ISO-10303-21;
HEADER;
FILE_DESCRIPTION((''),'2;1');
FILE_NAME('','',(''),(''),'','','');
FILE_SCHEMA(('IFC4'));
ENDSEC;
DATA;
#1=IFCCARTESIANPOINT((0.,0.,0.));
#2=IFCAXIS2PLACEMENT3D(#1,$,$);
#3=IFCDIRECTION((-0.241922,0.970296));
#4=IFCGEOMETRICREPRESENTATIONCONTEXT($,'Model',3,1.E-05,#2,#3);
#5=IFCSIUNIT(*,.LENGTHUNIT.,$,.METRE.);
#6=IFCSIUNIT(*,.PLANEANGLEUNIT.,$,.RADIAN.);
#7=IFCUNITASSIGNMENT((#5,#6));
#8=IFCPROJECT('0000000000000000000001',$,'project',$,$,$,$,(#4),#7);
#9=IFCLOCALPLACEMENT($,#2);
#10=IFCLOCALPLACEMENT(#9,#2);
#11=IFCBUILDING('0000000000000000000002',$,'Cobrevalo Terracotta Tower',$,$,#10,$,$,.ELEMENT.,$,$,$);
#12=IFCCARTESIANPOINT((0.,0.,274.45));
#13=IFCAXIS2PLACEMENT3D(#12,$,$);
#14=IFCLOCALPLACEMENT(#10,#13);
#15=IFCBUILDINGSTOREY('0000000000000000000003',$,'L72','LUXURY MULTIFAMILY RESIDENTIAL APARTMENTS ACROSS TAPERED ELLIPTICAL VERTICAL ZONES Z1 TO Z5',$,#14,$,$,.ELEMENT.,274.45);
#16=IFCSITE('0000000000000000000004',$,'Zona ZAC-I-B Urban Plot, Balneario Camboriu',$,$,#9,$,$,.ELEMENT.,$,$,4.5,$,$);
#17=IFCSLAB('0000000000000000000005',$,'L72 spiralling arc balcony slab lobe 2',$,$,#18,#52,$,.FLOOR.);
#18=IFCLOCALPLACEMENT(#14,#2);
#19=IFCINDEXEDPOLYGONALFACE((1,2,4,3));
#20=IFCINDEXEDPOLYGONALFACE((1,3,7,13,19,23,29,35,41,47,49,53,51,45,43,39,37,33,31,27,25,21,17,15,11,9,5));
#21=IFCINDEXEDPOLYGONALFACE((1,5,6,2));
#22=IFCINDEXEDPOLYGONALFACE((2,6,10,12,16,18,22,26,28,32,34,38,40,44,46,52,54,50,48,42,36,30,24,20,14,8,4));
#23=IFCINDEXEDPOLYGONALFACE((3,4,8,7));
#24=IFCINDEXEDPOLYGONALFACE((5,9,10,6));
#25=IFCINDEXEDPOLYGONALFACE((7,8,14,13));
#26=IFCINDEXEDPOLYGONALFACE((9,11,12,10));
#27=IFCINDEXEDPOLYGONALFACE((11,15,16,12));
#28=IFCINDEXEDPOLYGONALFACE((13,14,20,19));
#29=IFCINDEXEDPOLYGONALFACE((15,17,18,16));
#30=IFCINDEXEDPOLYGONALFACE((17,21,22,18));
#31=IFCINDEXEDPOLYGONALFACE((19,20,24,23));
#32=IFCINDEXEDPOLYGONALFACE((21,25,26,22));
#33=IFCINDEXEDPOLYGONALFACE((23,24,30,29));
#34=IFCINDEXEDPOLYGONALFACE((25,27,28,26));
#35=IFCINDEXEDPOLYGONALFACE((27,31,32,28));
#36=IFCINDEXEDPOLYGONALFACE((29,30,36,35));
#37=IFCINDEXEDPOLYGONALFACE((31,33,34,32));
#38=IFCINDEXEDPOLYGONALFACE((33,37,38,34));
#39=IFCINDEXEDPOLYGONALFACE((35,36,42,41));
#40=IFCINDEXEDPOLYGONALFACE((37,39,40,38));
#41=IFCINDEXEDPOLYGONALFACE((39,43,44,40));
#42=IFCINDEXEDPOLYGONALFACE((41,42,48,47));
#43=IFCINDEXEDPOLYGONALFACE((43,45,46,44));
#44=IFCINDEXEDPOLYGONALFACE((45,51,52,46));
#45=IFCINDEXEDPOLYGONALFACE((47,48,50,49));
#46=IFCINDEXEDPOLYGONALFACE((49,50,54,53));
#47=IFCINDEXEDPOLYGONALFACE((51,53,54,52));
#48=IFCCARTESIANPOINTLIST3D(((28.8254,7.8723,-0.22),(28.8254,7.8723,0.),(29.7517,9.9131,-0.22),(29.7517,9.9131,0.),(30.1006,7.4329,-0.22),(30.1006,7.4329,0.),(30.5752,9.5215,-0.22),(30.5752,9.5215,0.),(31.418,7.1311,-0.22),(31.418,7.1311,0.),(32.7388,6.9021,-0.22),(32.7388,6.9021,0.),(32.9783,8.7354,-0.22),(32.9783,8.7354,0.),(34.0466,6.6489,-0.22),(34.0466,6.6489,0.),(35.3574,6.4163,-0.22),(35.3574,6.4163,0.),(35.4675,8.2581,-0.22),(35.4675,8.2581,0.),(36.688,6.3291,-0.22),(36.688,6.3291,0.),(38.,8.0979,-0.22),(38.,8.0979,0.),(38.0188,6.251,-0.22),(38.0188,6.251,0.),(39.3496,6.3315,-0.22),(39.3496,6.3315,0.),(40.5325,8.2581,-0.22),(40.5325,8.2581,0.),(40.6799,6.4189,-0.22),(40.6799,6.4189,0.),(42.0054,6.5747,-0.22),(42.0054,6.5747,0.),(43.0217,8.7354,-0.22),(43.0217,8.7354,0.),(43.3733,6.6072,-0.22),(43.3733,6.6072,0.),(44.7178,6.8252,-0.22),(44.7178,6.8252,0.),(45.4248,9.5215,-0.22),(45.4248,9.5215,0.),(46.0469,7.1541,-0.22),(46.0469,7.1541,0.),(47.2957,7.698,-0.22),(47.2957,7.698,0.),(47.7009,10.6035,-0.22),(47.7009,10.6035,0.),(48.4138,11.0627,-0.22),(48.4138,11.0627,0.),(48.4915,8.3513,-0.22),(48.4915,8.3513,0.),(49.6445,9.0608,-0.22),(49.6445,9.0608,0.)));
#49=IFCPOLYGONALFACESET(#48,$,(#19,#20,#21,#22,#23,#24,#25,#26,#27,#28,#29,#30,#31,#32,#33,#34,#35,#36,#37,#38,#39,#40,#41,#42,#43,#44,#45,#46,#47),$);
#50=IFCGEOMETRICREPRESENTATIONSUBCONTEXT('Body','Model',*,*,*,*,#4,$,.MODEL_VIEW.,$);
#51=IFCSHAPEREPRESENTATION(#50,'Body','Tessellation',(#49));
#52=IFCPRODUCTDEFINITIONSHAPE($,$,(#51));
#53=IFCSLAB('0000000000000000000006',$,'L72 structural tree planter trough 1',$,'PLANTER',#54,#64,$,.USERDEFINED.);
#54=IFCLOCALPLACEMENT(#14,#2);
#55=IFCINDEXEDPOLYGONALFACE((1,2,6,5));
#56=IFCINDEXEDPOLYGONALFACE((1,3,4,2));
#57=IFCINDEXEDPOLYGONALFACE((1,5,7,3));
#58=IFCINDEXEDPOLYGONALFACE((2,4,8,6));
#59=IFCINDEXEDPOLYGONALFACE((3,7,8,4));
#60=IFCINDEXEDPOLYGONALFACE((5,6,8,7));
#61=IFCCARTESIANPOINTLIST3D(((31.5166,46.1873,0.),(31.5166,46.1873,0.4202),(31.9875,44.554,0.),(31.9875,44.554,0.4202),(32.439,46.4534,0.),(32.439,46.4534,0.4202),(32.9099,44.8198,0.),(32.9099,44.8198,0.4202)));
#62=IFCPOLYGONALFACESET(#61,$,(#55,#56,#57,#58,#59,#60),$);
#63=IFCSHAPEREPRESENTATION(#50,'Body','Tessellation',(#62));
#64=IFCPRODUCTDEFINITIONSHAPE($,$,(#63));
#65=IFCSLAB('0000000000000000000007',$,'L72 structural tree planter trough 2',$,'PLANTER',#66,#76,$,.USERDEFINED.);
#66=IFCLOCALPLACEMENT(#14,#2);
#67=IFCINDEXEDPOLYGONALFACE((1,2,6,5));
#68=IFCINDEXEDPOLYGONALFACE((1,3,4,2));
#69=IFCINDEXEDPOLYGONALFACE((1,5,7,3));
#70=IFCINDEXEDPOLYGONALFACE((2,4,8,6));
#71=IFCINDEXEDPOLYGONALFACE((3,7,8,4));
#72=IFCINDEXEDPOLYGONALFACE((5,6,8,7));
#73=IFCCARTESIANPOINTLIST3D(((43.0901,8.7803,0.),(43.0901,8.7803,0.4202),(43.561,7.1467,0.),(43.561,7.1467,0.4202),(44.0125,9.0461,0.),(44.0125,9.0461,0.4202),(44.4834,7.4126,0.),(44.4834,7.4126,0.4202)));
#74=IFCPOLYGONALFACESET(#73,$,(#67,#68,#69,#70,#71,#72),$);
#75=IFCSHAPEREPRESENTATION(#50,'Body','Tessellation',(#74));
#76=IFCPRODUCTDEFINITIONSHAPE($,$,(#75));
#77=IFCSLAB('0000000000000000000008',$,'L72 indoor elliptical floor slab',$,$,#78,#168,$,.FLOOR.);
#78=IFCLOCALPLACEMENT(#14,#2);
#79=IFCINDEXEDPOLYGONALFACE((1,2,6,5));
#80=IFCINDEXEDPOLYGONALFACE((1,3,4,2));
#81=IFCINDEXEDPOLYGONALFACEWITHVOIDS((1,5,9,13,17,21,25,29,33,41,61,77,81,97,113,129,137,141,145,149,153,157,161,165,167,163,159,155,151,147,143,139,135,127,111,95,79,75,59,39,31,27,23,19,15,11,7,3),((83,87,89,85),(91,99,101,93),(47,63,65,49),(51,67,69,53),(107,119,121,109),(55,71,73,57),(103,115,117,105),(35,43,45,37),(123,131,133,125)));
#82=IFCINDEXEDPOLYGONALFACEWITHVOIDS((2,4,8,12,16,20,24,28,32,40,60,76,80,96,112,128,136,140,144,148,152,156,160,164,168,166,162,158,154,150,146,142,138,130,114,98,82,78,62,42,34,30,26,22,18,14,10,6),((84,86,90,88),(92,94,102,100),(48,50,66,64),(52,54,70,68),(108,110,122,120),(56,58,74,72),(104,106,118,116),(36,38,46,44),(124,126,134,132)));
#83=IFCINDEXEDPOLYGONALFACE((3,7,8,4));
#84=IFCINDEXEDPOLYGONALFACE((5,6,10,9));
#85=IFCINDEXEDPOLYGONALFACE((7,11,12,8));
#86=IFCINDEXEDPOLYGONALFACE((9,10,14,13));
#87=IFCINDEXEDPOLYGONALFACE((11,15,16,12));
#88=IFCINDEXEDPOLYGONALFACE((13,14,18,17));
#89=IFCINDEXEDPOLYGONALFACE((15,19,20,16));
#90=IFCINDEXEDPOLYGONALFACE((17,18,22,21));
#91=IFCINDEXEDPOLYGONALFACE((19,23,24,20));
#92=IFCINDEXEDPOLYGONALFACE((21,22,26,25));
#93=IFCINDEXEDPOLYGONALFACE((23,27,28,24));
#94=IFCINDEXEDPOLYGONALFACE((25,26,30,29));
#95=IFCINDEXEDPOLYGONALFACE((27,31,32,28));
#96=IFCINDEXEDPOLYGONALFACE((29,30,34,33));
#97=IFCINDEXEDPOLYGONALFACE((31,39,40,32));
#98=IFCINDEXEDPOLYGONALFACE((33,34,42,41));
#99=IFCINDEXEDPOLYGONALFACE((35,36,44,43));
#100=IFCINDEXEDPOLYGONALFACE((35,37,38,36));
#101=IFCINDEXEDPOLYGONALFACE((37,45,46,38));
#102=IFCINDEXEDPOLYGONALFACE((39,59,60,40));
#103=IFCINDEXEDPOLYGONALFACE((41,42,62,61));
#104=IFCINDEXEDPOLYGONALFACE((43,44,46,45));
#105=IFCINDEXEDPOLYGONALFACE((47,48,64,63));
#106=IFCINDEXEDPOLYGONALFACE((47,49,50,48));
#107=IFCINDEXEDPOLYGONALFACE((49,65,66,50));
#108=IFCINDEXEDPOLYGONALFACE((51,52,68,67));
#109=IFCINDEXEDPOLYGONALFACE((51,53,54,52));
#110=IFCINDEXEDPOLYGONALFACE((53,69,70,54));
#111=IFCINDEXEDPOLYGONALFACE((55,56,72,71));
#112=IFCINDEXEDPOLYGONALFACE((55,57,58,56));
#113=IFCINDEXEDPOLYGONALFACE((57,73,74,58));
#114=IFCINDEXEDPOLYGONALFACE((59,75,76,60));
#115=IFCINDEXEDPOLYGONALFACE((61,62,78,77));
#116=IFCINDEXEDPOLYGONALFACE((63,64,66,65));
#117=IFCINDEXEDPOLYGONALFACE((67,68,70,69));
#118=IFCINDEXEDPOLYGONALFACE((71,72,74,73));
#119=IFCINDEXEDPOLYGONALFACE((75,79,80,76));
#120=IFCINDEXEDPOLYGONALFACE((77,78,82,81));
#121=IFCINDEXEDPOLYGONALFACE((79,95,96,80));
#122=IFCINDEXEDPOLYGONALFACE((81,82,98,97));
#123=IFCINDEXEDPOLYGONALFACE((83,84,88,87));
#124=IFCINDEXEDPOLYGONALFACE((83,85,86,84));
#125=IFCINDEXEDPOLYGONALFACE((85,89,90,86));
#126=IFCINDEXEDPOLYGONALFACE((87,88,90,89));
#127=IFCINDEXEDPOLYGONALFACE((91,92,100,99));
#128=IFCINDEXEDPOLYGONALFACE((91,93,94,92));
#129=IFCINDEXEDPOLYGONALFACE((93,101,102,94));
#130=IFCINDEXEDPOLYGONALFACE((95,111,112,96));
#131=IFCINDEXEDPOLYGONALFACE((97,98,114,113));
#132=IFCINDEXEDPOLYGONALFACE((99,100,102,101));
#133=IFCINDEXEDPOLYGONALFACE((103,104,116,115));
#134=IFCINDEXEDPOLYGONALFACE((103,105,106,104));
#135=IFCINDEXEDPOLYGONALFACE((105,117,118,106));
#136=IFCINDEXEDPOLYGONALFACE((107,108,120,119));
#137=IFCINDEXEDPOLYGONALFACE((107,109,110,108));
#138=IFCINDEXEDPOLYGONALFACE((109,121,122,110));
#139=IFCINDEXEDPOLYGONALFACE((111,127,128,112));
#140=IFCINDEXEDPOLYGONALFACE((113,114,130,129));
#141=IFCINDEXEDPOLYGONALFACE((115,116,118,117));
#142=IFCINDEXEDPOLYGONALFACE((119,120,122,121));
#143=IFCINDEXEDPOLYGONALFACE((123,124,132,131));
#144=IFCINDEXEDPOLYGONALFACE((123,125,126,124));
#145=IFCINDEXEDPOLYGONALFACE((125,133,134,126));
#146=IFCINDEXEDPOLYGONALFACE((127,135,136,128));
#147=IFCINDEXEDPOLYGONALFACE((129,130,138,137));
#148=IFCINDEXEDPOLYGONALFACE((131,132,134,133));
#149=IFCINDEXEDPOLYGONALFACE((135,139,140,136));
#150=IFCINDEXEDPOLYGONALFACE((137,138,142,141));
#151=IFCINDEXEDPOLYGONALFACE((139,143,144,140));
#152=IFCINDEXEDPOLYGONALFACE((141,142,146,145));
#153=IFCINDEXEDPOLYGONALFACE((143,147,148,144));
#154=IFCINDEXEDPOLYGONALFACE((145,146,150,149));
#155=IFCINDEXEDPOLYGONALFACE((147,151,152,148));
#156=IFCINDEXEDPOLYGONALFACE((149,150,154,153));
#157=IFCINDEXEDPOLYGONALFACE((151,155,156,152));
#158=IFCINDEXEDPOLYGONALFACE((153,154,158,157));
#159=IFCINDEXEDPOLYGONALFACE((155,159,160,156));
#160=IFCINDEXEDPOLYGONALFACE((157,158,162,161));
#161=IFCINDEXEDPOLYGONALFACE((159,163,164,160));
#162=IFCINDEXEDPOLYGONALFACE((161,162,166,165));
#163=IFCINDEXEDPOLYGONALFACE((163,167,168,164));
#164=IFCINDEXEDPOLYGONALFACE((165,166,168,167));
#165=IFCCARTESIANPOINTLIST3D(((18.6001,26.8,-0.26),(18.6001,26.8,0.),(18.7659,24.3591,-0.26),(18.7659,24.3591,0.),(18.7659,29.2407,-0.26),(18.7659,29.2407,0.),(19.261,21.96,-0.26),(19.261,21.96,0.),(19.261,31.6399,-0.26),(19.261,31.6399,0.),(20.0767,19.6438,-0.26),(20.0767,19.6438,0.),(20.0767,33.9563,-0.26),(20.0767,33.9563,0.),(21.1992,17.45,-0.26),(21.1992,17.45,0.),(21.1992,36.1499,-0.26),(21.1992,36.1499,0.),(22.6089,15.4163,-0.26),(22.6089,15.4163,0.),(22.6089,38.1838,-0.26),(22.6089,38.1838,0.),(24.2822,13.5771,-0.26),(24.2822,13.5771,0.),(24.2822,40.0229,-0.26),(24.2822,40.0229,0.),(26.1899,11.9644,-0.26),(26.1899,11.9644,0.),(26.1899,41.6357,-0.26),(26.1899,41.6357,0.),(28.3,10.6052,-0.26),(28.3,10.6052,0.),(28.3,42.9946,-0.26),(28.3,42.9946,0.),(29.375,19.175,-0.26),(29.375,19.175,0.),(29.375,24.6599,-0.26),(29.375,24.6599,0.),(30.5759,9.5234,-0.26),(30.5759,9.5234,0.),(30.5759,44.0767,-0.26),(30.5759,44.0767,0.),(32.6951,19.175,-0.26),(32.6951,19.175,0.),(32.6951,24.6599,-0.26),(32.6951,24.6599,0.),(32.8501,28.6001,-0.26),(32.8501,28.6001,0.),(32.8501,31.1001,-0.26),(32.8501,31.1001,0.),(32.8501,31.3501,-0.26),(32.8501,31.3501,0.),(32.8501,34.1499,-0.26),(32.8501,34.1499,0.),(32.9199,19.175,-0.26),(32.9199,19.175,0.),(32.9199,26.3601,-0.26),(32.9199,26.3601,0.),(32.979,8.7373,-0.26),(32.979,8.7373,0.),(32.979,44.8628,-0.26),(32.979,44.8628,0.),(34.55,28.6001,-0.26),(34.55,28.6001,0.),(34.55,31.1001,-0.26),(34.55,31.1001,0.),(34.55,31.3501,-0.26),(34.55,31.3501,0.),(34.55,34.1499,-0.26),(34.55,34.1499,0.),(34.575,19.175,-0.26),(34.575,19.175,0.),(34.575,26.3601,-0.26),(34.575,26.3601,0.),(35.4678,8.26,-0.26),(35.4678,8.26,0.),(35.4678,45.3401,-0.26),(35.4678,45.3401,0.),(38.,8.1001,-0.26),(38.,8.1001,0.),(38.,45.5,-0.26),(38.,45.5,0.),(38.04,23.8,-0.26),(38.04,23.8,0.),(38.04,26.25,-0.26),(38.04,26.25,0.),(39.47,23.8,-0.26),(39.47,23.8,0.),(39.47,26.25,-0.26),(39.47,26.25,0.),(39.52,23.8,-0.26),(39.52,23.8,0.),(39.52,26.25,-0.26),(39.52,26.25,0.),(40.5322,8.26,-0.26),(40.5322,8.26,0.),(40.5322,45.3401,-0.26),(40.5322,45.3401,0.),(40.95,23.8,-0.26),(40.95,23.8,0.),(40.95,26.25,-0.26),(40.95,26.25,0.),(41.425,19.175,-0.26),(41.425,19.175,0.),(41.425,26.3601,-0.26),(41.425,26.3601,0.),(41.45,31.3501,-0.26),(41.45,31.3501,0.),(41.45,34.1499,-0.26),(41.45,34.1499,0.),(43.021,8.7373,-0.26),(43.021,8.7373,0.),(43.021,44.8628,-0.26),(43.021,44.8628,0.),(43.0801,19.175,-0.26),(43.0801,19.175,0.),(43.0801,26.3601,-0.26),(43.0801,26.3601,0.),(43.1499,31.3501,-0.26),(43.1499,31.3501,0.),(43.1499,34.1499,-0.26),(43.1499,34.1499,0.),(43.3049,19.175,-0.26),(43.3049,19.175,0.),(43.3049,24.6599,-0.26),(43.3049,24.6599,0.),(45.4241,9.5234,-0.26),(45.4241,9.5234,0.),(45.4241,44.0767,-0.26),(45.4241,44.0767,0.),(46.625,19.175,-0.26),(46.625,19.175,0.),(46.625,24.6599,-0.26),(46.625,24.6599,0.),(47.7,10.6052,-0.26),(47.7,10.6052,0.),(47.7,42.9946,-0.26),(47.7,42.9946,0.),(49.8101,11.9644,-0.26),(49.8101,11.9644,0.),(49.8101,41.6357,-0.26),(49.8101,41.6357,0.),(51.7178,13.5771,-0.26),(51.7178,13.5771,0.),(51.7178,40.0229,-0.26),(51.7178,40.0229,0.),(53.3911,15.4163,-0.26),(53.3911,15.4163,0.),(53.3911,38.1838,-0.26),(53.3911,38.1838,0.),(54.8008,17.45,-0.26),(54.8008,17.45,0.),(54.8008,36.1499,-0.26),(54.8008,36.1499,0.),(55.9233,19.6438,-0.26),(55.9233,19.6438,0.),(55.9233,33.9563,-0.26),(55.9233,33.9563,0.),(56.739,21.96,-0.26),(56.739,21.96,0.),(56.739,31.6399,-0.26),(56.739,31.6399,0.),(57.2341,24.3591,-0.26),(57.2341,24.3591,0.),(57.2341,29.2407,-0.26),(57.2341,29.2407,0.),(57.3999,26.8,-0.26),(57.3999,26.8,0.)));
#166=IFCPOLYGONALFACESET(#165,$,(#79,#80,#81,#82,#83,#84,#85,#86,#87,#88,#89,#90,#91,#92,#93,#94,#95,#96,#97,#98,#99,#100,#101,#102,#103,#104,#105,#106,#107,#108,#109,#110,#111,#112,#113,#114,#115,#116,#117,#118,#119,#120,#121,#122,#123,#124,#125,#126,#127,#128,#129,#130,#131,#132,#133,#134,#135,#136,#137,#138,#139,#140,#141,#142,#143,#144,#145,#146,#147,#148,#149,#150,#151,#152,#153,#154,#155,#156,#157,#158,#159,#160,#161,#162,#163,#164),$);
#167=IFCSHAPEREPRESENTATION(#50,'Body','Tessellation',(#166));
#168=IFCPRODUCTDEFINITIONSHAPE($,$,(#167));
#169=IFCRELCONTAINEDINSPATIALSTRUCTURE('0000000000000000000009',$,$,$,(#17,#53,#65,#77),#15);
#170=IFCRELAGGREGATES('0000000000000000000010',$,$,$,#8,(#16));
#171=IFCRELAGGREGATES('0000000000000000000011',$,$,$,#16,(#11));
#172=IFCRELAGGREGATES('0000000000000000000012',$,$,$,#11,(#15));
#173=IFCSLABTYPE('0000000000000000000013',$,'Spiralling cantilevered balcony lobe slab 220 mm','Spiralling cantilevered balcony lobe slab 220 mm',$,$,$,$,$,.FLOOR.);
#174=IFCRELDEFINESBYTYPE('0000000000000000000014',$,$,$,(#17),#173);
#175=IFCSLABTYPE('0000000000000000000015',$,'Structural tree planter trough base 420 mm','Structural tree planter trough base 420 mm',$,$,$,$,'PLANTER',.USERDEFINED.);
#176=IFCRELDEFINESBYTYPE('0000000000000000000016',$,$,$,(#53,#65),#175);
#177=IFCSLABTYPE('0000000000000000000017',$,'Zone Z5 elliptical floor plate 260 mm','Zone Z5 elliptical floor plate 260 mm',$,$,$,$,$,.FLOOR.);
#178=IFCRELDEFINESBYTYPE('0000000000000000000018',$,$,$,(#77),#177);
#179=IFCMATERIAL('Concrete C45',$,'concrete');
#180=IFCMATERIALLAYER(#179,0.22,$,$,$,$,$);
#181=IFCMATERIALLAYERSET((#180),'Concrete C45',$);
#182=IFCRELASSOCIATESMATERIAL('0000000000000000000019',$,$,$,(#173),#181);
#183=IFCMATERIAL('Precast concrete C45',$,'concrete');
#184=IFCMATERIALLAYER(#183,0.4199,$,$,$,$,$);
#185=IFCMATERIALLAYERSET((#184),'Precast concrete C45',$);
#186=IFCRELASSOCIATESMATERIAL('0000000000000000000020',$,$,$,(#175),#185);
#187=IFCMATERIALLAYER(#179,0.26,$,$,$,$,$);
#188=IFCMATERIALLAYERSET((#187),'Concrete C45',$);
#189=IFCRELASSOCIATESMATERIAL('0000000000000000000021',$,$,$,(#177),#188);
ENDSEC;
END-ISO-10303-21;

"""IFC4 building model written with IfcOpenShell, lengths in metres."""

from ifc_helpers import new_model, si_unit, direction, frame, origin, place, context, subcontext, project, spatial, polyline, outline, extrude, material, layer, layer_set, type_object, element, save


model = new_model("IFC4")

# Units and contexts
model_context = context("Model", 3, precision=1e-05, world=origin(), true_north=direction((-0.241922, 0.970296)))
body_context = subcontext(model_context, "Body", "Model", "MODEL_VIEW")
ifc_project = project(units=[si_unit("LENGTHUNIT", "METRE"), si_unit("PLANEANGLEUNIT", "RADIAN")], contexts=[model_context])

# Site, building, storey
site_placement = place(None, origin())
site = spatial("IfcSite", under=ifc_project, at=site_placement, Name="Zona ZAC-I-B Urban Plot, Balneario Camboriu", CompositionType="ELEMENT", RefElevation=4.5)
building_placement = place(site_placement, origin())
building = spatial("IfcBuilding", under=site, at=building_placement, Name="Cobrevalo Terracotta Tower", CompositionType="ELEMENT")
storey_placement = place(building_placement, frame((0.0, 0.0, 274.45)))
storey = spatial("IfcBuildingStorey", under=building, at=storey_placement, Name="L72", Description="LUXURY MULTIFAMILY RESIDENTIAL APARTMENTS ACROSS TAPERED ELLIPTICAL VERTICAL ZONES Z1 TO Z5", CompositionType="ELEMENT", Elevation=274.45)

# Slabs
ifc_material_1 = material(Name="Concrete C45", Category="concrete")
ifc_layer_1 = layer(ifc_material_1, 0.22)
ifc_layer_set_1 = layer_set([ifc_layer_1], Name="Concrete C45")
slab_type_1 = type_object("IfcSlabType", Name="Spiralling cantilevered balcony lobe slab 220 mm", Description="Spiralling cantilevered balcony lobe slab 220 mm", PredefinedType="FLOOR", material=ifc_layer_set_1)
slab_1_placement = place(storey_placement, frame((0.0, 0.0, -0.22)))
element("IfcSlab", 1, at=slab_1_placement, inside=storey, type_object=slab_type_1, Name="L72 spiralling arc balcony slab lobe 2", PredefinedType="FLOOR", context=body_context, shape_type="SweptSolid", body=[
    extrude(outline(polyline([(28.8254, 7.8723), (30.1006, 7.4329), (31.418, 7.1311), (32.7388, 6.9021), (34.0466, 6.6489), (35.3574, 6.4163), (36.688, 6.3291), (38.0188, 6.251), (39.3496, 6.3315), (40.6799, 6.4189), (42.0054, 6.5747), (43.3733, 6.6072), (44.7178, 6.8252), (46.0469, 7.1541), (47.2957, 7.698), (48.4915, 8.3513), (49.6445, 9.0608), (48.4138, 11.0627), (47.7009, 10.6035), (45.4248, 9.5215), (43.0217, 8.7354), (40.5325, 8.2581), (38.0, 8.0979), (35.4675, 8.2581), (32.9783, 8.7354), (30.5752, 9.5215), (29.7517, 9.9131), (28.8254, 7.8723)])), origin(), (0.0, 0.0, 1.0), 0.22),
])
ifc_material_2 = material(Name="Precast concrete C45", Category="concrete")
ifc_layer_2 = layer(ifc_material_2, 0.4199)
ifc_layer_set_2 = layer_set([ifc_layer_2], Name="Precast concrete C45")
slab_type_2 = type_object("IfcSlabType", Name="Structural tree planter trough base 420 mm", Description="Structural tree planter trough base 420 mm", ElementType="PLANTER", PredefinedType="USERDEFINED", material=ifc_layer_set_2)
slab_2_placement = place(storey_placement, origin())
element("IfcSlab", 2, at=slab_2_placement, inside=storey, type_object=slab_type_2, Name="L72 structural tree planter trough 1", ObjectType="PLANTER", PredefinedType="USERDEFINED", context=body_context, shape_type="SweptSolid", body=[
    extrude(outline(polyline([(32.9099, 44.8198), (32.439, 46.4534), (31.5166, 46.1873), (31.9875, 44.554), (32.9099, 44.8198)])), origin(), (0.0, 0.0, 1.0), 0.4202),
])
slab_3_placement = place(storey_placement, origin())
element("IfcSlab", 3, at=slab_3_placement, inside=storey, type_object=slab_type_2, Name="L72 structural tree planter trough 2", ObjectType="PLANTER", PredefinedType="USERDEFINED", context=body_context, shape_type="SweptSolid", body=[
    extrude(outline(polyline([(43.0901, 8.7803), (43.561, 7.1467), (44.4834, 7.4126), (44.0125, 9.0461), (43.0901, 8.7803)])), origin(), (0.0, 0.0, 1.0), 0.4202),
])
ifc_layer_3 = layer(ifc_material_1, 0.26)
ifc_layer_set_3 = layer_set([ifc_layer_3], Name="Concrete C45")
slab_type_3 = type_object("IfcSlabType", Name="Zone Z5 elliptical floor plate 260 mm", Description="Zone Z5 elliptical floor plate 260 mm", PredefinedType="FLOOR", material=ifc_layer_set_3)
slab_4_placement = place(storey_placement, frame((0.0, 0.0, -0.26)))
element("IfcSlab", 4, at=slab_4_placement, inside=storey, type_object=slab_type_3, Name="L72 indoor elliptical floor slab", PredefinedType="FLOOR", context=body_context, shape_type="SweptSolid", body=[
    extrude(outline(polyline([(57.2341, 24.3591), (56.739, 21.96), (55.9233, 19.6438), (54.8008, 17.45), (53.3911, 15.4163), (51.7178, 13.5771), (49.8101, 11.9644), (47.7, 10.6052), (45.4241, 9.5234), (43.021, 8.7373), (40.5322, 8.26), (38.0, 8.1001), (35.4678, 8.26), (32.979, 8.7373), (30.5759, 9.5234), (28.3, 10.6052), (26.1899, 11.9644), (24.2822, 13.5771), (22.6089, 15.4163), (21.1992, 17.45), (20.0767, 19.6438), (19.261, 21.96), (18.7659, 24.3591), (18.6001, 26.8), (18.7659, 29.2407), (19.261, 31.6399), (20.0767, 33.9563), (21.1992, 36.1499), (22.6089, 38.1838), (24.2822, 40.0229), (26.1899, 41.6357), (28.3, 42.9946), (30.5759, 44.0767), (32.979, 44.8628), (35.4678, 45.3401), (38.0, 45.5), (40.5322, 45.3401), (43.021, 44.8628), (45.4241, 44.0767), (47.7, 42.9946), (49.8101, 41.6357), (51.7178, 40.0229), (53.3911, 38.1838), (54.8008, 36.1499), (55.9233, 33.9563), (56.739, 31.6399), (57.2341, 29.2407), (57.3999, 26.8), (57.2341, 24.3591)]), holes=[polyline([(32.6951, 19.175), (32.6951, 24.6599), (29.375, 24.6599), (29.375, 19.175), (32.6951, 19.175)]), polyline([(46.625, 19.175), (46.625, 24.6599), (43.3049, 24.6599), (43.3049, 19.175), (46.625, 19.175)]), polyline([(34.575, 26.3601), (32.9199, 26.3601), (32.9199, 19.175), (34.575, 19.175), (34.575, 26.3601)]), polyline([(43.0801, 26.3601), (41.425, 26.3601), (41.425, 19.175), (43.0801, 19.175), (43.0801, 26.3601)]), polyline([(39.47, 26.25), (38.04, 26.25), (38.04, 23.8), (39.47, 23.8), (39.47, 26.25)]), polyline([(40.95, 26.25), (39.52, 26.25), (39.52, 23.8), (40.95, 23.8), (40.95, 26.25)]), polyline([(34.55, 31.1001), (32.8501, 31.1001), (32.8501, 28.6001), (34.55, 28.6001), (34.55, 31.1001)]), polyline([(34.55, 31.3501), (34.55, 34.1499), (32.8501, 34.1499), (32.8501, 31.3501), (34.55, 31.3501)]), polyline([(43.1499, 31.3501), (43.1499, 34.1499), (41.45, 34.1499), (41.45, 31.3501), (43.1499, 31.3501)])]), origin(), (0.0, 0.0, 1.0), 0.26),
])

save(model, "model.ifc")
